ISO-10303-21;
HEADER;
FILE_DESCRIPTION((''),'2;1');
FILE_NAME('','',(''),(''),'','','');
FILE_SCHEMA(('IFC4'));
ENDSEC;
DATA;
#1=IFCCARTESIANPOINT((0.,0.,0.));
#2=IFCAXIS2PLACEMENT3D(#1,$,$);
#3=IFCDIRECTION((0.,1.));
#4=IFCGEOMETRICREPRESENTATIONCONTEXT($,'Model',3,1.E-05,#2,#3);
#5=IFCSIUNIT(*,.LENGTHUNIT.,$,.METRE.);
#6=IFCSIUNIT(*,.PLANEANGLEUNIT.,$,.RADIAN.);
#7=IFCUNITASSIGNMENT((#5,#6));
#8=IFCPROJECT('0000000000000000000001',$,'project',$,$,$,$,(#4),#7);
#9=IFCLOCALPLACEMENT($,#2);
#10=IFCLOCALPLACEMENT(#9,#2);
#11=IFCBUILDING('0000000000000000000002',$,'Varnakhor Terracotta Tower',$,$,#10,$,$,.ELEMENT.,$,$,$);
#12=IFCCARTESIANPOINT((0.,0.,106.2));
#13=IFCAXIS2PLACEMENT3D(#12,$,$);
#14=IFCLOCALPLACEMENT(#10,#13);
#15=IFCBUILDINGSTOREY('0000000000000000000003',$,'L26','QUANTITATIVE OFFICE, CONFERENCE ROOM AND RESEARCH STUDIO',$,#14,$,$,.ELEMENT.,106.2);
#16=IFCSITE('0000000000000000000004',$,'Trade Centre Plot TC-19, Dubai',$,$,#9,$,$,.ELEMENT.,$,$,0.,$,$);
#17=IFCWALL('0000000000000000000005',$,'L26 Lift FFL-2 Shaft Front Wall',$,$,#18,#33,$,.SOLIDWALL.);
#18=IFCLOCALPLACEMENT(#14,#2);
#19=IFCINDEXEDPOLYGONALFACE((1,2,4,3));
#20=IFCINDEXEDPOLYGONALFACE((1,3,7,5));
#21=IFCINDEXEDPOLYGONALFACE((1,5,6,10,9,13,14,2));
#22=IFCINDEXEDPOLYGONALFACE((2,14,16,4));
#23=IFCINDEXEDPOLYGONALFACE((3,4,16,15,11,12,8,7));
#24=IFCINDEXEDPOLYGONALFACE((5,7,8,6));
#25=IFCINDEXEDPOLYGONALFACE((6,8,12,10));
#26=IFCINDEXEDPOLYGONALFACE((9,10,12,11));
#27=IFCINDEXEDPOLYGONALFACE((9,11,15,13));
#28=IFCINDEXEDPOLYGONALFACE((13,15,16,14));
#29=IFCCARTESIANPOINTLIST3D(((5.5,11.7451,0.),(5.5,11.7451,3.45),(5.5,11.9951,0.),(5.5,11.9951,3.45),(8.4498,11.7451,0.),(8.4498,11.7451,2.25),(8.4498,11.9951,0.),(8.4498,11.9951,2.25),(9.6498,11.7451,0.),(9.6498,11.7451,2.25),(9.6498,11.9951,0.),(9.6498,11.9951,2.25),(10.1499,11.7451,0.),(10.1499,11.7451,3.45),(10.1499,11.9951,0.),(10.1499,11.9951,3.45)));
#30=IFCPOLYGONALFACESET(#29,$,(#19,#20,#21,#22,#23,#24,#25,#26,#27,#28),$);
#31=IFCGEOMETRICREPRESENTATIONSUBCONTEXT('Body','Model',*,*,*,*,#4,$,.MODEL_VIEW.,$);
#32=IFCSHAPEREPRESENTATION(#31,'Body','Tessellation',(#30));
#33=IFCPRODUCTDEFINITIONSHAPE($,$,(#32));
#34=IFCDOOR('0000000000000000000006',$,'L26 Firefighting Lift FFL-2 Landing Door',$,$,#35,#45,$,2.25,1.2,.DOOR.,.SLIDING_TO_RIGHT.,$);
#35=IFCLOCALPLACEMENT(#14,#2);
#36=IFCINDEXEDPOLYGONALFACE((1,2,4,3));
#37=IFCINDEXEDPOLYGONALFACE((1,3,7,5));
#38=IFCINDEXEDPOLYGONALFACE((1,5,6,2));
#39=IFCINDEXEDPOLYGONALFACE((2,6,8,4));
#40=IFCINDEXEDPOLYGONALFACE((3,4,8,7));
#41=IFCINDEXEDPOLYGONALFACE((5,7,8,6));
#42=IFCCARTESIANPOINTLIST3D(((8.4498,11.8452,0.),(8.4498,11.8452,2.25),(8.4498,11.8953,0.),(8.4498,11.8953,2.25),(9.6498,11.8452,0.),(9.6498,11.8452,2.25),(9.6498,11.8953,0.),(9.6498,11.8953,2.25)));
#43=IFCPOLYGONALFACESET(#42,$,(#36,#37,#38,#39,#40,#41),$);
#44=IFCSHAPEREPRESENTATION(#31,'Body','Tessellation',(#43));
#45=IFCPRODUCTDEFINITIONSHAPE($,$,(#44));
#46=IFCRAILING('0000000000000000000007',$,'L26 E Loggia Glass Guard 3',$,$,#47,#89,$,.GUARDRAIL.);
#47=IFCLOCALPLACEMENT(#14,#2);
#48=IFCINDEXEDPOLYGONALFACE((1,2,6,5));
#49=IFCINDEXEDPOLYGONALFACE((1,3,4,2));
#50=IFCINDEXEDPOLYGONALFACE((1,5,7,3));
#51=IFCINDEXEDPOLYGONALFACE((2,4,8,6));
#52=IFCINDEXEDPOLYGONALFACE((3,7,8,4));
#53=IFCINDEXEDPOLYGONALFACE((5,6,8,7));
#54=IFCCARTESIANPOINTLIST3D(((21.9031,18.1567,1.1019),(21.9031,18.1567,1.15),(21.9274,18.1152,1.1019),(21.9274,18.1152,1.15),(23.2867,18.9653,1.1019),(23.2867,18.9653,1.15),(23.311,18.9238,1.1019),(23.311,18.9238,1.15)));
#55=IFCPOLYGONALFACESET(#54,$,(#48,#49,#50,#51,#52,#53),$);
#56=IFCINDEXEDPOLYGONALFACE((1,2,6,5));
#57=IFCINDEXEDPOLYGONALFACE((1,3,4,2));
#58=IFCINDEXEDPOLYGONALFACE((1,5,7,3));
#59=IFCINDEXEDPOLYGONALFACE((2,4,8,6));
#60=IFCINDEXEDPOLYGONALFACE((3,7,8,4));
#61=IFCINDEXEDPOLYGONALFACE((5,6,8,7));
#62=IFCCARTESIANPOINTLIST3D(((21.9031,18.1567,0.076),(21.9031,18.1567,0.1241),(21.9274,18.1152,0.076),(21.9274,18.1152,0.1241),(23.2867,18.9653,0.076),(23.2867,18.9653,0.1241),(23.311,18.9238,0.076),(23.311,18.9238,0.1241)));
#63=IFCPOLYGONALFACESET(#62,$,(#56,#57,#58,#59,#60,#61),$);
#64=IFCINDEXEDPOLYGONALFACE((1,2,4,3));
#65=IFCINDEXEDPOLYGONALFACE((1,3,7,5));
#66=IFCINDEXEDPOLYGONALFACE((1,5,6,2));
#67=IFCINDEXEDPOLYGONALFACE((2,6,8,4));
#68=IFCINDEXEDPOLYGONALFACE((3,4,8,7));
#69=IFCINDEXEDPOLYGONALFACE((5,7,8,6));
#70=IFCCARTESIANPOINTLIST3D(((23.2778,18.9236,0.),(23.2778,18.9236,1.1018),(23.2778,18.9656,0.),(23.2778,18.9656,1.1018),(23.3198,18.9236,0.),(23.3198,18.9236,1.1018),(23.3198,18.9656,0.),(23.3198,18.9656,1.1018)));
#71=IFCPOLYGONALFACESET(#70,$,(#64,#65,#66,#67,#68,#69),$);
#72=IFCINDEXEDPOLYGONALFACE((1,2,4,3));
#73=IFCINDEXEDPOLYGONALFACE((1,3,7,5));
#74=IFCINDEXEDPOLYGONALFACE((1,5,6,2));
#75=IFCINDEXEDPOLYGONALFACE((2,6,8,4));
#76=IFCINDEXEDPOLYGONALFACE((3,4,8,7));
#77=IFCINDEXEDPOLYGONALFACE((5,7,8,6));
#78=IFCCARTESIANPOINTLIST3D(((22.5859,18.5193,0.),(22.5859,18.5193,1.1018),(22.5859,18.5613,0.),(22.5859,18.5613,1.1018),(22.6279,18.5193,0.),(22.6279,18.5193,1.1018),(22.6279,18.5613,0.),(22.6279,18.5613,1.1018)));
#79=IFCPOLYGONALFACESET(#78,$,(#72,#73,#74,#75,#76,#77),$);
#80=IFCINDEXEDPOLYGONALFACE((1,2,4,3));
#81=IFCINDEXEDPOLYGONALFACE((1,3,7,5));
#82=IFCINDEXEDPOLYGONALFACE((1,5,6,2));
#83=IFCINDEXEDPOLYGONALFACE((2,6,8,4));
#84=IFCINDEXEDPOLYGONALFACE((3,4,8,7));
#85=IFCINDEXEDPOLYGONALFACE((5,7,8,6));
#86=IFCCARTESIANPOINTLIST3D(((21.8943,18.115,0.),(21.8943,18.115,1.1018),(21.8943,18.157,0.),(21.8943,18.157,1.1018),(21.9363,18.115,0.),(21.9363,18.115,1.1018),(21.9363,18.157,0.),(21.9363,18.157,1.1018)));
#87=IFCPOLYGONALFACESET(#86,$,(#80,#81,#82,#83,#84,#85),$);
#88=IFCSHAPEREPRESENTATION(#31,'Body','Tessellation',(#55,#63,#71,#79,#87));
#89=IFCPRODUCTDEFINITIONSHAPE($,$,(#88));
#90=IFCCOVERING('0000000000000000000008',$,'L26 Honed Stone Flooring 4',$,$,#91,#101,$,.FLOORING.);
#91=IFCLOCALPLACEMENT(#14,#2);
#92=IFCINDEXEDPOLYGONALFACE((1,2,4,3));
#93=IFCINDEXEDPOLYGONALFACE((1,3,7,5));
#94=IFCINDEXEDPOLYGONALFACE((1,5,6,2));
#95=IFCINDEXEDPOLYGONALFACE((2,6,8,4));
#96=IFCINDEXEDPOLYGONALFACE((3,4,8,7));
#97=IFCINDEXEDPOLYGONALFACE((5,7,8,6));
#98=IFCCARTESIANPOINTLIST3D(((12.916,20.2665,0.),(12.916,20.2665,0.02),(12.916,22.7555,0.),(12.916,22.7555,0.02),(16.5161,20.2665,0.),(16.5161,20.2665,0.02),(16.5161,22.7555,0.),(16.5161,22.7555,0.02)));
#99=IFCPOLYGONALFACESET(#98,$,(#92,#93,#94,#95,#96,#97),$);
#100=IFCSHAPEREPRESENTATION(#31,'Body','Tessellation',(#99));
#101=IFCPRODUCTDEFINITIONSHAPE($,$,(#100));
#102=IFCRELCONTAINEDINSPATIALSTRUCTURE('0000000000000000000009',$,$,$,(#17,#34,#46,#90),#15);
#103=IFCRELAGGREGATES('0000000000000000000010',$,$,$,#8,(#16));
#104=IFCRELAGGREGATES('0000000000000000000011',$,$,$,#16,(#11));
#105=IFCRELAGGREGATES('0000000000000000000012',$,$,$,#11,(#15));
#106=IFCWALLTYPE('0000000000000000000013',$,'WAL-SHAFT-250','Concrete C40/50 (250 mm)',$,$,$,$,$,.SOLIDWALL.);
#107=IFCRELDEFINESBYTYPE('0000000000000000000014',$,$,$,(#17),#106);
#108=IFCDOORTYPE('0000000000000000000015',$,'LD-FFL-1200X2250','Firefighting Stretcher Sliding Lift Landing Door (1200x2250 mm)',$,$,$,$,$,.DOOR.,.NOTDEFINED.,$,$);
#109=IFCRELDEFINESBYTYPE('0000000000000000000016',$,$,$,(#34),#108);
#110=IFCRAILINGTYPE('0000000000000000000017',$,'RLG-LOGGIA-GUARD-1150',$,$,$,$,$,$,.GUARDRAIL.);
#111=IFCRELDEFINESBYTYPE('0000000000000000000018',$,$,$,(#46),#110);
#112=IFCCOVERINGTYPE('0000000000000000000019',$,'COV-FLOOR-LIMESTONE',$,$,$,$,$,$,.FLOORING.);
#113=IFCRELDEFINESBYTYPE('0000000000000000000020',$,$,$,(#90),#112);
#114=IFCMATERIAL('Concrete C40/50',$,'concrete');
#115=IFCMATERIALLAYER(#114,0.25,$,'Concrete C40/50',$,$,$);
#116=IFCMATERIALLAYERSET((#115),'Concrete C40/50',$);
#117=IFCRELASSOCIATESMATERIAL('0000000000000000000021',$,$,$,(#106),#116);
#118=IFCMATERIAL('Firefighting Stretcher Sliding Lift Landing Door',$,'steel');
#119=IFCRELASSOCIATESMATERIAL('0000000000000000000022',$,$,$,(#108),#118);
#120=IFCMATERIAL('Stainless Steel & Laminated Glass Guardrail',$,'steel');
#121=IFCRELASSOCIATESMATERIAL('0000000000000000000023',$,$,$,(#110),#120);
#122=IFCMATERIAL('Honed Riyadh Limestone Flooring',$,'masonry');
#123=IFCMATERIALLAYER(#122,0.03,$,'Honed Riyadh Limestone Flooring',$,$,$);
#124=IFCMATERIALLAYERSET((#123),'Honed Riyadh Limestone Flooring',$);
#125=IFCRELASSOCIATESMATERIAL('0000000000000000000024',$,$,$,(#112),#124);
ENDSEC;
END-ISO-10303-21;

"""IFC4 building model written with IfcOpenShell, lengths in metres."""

from ifc_helpers import new_model, si_unit, direction, frame, frame_2d, origin, origin_2d, place, context, subcontext, project, spatial, rectangle, extrude, source, transform, mapped, material, layer, layer_set, type_object, type_shapes, element, fill, save


model = new_model("IFC4")

# Units and contexts
model_context = context("Model", 3, precision=1e-05, world=origin(), true_north=direction((0.0, 1.0)))
body_context = subcontext(model_context, "Body", "Model", "MODEL_VIEW")
ifc_project = project(units=[si_unit("LENGTHUNIT", "METRE"), si_unit("PLANEANGLEUNIT", "RADIAN")], contexts=[model_context])

# Site, building, storey
site_placement = place(None, origin())
site = spatial("IfcSite", under=ifc_project, at=site_placement, Name="Trade Centre Plot TC-19, Dubai", CompositionType="ELEMENT", RefElevation=0.0)
building_placement = place(site_placement, origin())
building = spatial("IfcBuilding", under=site, at=building_placement, Name="Varnakhor Terracotta Tower", CompositionType="ELEMENT")
storey_placement = place(building_placement, frame((0.0, 0.0, 106.2)))
storey = spatial("IfcBuildingStorey", under=building, at=storey_placement, Name="L26", Description="QUANTITATIVE OFFICE, CONFERENCE ROOM AND RESEARCH STUDIO", CompositionType="ELEMENT", Elevation=106.2)

# Wall, opening, door
ifc_material_1 = material(Name="Concrete C40/50", Category="concrete")
ifc_layer_1 = layer(ifc_material_1, 0.25, Name="Concrete C40/50")
ifc_layer_set_1 = layer_set([ifc_layer_1], Name="Concrete C40/50")
wall_type_1 = type_object("IfcWallType", Name="WAL-SHAFT-250", Description="Concrete C40/50 (250 mm)", PredefinedType="SOLIDWALL", material=ifc_layer_set_1)
wall_1_placement = place(storey_placement, frame((10.1499, 11.8701, 0.0), z_axis=(0.0, 0.0, 1.0), x_axis=(-1.0, 0.0, 0.0)))
wall_1 = element("IfcWall", 1, at=wall_1_placement, inside=storey, type_object=wall_type_1, Name="L26 Lift FFL-2 Shaft Front Wall", PredefinedType="SOLIDWALL", context=body_context, shape_type="SweptSolid", body=[
    extrude(rectangle(XDim=4.6499, YDim=0.25, at=frame_2d((2.325, 0.0))), origin(), (0.0, 0.0, 1.0), 3.45),
])
opening_1_placement = place(wall_1_placement, frame((0.5, 0.0, 0.0)))
opening_1 = element("IfcOpeningElement", 2, at=opening_1_placement, cuts=wall_1, PredefinedType="OPENING", context=body_context, shape_type="SweptSolid", body=[
    extrude(rectangle(XDim=1.2, YDim=2.25, at=frame_2d((0.6001, 1.125))), frame((0.0, 0.135, 0.0), z_axis=(0.0, -1.0, 0.0), x_axis=(1.0, 0.0, 0.0)), (0.0, 0.0, 1.0), 0.27),
])
ifc_material_2 = material(Name="Firefighting Stretcher Sliding Lift Landing Door", Category="steel")
door_type_1 = type_object("IfcDoorType", Name="LD-FFL-1200X2250", Description="Firefighting Stretcher Sliding Lift Landing Door (1200x2250 mm)", OperationType="NOTDEFINED", PredefinedType="DOOR", material=ifc_material_2)
shared_shape_1 = source(origin(), body_context, "Body", "SweptSolid", [
    extrude(rectangle(XDim=1.2, YDim=2.25, at=frame_2d((0.6001, 1.125))), frame((0.0, 0.0249, 0.0), z_axis=(0.0, -1.0, 0.0), x_axis=(1.0, 0.0, 0.0)), (0.0, 0.0, 1.0), 0.05),
])
type_shapes(door_type_1, [shared_shape_1])
door_1_placement = place(opening_1_placement, origin())
door_1 = element("IfcDoor", 3, at=door_1_placement, inside=storey, type_object=door_type_1, Name="L26 Firefighting Lift FFL-2 Landing Door", OperationType="SLIDING_TO_RIGHT", OverallHeight=2.25, OverallWidth=1.2, PredefinedType="DOOR", context=body_context, shape_type="MappedRepresentation", body=[
    mapped(shared_shape_1, transform((0.0, 0.0, 0.0), scale=1.0)),
])
fill(opening_1, door_1)

# Railing
ifc_material_3 = material(Name="Stainless Steel & Laminated Glass Guardrail", Category="steel")
railing_type = type_object("IfcRailingType", Name="RLG-LOGGIA-GUARD-1150", PredefinedType="GUARDRAIL", material=ifc_material_3)
railing_placement = place(storey_placement, frame((23.2988, 18.9446, 0.0)))
element("IfcRailing", 4, at=railing_placement, inside=storey, type_object=railing_type, Name="L26 E Loggia Glass Guard 3", PredefinedType="GUARDRAIL", context=body_context, shape_type="SweptSolid", body=[
    extrude(rectangle(XDim=0.0481, YDim=0.0481, at=origin_2d()), frame((0.0, 0.0, 1.126), z_axis=(-0.863364, -0.504581, 0.0), x_axis=(0.504581, -0.863364, 0.0)), (0.0, 0.0, 1.0), 1.6025),
    extrude(rectangle(XDim=0.0481, YDim=0.0481, at=origin_2d()), frame((0.0, 0.0, 0.1001), z_axis=(-0.863364, -0.504581, 0.0), x_axis=(0.504581, -0.863364, 0.0)), (0.0, 0.0, 1.0), 1.6025),
    extrude(rectangle(XDim=0.042, YDim=0.042, at=origin_2d()), origin(), (0.0, 0.0, 1.0), 1.1018),
    extrude(rectangle(XDim=0.042, YDim=0.042, at=origin_2d()), frame((-0.6919, -0.4043, 0.0)), (0.0, 0.0, 1.0), 1.1018),
    extrude(rectangle(XDim=0.042, YDim=0.042, at=origin_2d()), frame((-1.3835, -0.8086, 0.0)), (0.0, 0.0, 1.0), 1.1018),
])

# Covering
ifc_material_4 = material(Name="Honed Riyadh Limestone Flooring", Category="masonry")
ifc_layer_2 = layer(ifc_material_4, 0.03, Name="Honed Riyadh Limestone Flooring")
ifc_layer_set_2 = layer_set([ifc_layer_2], Name="Honed Riyadh Limestone Flooring")
covering_type = type_object("IfcCoveringType", Name="COV-FLOOR-LIMESTONE", PredefinedType="FLOORING", material=ifc_layer_set_2)
shared_shape_2 = source(origin(), body_context, "Body", "SweptSolid", [
    extrude(rectangle(XDim=3.6001, YDim=2.489, at=origin_2d()), origin(), (0.0, 0.0, 1.0), 0.02),
])
covering_placement = place(storey_placement, frame((14.7161, 21.511, 0.0), z_axis=(0.0, 0.0, 1.0), x_axis=(1.0, 0.0, 0.0)))
element("IfcCovering", 5, at=covering_placement, inside=storey, type_object=covering_type, Name="L26 Honed Stone Flooring 4", PredefinedType="FLOORING", context=body_context, shape_type="MappedRepresentation", body=[
    mapped(shared_shape_2, transform((0.0, 0.0, 0.0), scale=1.0)),
])

save(model, "model.ifc")
